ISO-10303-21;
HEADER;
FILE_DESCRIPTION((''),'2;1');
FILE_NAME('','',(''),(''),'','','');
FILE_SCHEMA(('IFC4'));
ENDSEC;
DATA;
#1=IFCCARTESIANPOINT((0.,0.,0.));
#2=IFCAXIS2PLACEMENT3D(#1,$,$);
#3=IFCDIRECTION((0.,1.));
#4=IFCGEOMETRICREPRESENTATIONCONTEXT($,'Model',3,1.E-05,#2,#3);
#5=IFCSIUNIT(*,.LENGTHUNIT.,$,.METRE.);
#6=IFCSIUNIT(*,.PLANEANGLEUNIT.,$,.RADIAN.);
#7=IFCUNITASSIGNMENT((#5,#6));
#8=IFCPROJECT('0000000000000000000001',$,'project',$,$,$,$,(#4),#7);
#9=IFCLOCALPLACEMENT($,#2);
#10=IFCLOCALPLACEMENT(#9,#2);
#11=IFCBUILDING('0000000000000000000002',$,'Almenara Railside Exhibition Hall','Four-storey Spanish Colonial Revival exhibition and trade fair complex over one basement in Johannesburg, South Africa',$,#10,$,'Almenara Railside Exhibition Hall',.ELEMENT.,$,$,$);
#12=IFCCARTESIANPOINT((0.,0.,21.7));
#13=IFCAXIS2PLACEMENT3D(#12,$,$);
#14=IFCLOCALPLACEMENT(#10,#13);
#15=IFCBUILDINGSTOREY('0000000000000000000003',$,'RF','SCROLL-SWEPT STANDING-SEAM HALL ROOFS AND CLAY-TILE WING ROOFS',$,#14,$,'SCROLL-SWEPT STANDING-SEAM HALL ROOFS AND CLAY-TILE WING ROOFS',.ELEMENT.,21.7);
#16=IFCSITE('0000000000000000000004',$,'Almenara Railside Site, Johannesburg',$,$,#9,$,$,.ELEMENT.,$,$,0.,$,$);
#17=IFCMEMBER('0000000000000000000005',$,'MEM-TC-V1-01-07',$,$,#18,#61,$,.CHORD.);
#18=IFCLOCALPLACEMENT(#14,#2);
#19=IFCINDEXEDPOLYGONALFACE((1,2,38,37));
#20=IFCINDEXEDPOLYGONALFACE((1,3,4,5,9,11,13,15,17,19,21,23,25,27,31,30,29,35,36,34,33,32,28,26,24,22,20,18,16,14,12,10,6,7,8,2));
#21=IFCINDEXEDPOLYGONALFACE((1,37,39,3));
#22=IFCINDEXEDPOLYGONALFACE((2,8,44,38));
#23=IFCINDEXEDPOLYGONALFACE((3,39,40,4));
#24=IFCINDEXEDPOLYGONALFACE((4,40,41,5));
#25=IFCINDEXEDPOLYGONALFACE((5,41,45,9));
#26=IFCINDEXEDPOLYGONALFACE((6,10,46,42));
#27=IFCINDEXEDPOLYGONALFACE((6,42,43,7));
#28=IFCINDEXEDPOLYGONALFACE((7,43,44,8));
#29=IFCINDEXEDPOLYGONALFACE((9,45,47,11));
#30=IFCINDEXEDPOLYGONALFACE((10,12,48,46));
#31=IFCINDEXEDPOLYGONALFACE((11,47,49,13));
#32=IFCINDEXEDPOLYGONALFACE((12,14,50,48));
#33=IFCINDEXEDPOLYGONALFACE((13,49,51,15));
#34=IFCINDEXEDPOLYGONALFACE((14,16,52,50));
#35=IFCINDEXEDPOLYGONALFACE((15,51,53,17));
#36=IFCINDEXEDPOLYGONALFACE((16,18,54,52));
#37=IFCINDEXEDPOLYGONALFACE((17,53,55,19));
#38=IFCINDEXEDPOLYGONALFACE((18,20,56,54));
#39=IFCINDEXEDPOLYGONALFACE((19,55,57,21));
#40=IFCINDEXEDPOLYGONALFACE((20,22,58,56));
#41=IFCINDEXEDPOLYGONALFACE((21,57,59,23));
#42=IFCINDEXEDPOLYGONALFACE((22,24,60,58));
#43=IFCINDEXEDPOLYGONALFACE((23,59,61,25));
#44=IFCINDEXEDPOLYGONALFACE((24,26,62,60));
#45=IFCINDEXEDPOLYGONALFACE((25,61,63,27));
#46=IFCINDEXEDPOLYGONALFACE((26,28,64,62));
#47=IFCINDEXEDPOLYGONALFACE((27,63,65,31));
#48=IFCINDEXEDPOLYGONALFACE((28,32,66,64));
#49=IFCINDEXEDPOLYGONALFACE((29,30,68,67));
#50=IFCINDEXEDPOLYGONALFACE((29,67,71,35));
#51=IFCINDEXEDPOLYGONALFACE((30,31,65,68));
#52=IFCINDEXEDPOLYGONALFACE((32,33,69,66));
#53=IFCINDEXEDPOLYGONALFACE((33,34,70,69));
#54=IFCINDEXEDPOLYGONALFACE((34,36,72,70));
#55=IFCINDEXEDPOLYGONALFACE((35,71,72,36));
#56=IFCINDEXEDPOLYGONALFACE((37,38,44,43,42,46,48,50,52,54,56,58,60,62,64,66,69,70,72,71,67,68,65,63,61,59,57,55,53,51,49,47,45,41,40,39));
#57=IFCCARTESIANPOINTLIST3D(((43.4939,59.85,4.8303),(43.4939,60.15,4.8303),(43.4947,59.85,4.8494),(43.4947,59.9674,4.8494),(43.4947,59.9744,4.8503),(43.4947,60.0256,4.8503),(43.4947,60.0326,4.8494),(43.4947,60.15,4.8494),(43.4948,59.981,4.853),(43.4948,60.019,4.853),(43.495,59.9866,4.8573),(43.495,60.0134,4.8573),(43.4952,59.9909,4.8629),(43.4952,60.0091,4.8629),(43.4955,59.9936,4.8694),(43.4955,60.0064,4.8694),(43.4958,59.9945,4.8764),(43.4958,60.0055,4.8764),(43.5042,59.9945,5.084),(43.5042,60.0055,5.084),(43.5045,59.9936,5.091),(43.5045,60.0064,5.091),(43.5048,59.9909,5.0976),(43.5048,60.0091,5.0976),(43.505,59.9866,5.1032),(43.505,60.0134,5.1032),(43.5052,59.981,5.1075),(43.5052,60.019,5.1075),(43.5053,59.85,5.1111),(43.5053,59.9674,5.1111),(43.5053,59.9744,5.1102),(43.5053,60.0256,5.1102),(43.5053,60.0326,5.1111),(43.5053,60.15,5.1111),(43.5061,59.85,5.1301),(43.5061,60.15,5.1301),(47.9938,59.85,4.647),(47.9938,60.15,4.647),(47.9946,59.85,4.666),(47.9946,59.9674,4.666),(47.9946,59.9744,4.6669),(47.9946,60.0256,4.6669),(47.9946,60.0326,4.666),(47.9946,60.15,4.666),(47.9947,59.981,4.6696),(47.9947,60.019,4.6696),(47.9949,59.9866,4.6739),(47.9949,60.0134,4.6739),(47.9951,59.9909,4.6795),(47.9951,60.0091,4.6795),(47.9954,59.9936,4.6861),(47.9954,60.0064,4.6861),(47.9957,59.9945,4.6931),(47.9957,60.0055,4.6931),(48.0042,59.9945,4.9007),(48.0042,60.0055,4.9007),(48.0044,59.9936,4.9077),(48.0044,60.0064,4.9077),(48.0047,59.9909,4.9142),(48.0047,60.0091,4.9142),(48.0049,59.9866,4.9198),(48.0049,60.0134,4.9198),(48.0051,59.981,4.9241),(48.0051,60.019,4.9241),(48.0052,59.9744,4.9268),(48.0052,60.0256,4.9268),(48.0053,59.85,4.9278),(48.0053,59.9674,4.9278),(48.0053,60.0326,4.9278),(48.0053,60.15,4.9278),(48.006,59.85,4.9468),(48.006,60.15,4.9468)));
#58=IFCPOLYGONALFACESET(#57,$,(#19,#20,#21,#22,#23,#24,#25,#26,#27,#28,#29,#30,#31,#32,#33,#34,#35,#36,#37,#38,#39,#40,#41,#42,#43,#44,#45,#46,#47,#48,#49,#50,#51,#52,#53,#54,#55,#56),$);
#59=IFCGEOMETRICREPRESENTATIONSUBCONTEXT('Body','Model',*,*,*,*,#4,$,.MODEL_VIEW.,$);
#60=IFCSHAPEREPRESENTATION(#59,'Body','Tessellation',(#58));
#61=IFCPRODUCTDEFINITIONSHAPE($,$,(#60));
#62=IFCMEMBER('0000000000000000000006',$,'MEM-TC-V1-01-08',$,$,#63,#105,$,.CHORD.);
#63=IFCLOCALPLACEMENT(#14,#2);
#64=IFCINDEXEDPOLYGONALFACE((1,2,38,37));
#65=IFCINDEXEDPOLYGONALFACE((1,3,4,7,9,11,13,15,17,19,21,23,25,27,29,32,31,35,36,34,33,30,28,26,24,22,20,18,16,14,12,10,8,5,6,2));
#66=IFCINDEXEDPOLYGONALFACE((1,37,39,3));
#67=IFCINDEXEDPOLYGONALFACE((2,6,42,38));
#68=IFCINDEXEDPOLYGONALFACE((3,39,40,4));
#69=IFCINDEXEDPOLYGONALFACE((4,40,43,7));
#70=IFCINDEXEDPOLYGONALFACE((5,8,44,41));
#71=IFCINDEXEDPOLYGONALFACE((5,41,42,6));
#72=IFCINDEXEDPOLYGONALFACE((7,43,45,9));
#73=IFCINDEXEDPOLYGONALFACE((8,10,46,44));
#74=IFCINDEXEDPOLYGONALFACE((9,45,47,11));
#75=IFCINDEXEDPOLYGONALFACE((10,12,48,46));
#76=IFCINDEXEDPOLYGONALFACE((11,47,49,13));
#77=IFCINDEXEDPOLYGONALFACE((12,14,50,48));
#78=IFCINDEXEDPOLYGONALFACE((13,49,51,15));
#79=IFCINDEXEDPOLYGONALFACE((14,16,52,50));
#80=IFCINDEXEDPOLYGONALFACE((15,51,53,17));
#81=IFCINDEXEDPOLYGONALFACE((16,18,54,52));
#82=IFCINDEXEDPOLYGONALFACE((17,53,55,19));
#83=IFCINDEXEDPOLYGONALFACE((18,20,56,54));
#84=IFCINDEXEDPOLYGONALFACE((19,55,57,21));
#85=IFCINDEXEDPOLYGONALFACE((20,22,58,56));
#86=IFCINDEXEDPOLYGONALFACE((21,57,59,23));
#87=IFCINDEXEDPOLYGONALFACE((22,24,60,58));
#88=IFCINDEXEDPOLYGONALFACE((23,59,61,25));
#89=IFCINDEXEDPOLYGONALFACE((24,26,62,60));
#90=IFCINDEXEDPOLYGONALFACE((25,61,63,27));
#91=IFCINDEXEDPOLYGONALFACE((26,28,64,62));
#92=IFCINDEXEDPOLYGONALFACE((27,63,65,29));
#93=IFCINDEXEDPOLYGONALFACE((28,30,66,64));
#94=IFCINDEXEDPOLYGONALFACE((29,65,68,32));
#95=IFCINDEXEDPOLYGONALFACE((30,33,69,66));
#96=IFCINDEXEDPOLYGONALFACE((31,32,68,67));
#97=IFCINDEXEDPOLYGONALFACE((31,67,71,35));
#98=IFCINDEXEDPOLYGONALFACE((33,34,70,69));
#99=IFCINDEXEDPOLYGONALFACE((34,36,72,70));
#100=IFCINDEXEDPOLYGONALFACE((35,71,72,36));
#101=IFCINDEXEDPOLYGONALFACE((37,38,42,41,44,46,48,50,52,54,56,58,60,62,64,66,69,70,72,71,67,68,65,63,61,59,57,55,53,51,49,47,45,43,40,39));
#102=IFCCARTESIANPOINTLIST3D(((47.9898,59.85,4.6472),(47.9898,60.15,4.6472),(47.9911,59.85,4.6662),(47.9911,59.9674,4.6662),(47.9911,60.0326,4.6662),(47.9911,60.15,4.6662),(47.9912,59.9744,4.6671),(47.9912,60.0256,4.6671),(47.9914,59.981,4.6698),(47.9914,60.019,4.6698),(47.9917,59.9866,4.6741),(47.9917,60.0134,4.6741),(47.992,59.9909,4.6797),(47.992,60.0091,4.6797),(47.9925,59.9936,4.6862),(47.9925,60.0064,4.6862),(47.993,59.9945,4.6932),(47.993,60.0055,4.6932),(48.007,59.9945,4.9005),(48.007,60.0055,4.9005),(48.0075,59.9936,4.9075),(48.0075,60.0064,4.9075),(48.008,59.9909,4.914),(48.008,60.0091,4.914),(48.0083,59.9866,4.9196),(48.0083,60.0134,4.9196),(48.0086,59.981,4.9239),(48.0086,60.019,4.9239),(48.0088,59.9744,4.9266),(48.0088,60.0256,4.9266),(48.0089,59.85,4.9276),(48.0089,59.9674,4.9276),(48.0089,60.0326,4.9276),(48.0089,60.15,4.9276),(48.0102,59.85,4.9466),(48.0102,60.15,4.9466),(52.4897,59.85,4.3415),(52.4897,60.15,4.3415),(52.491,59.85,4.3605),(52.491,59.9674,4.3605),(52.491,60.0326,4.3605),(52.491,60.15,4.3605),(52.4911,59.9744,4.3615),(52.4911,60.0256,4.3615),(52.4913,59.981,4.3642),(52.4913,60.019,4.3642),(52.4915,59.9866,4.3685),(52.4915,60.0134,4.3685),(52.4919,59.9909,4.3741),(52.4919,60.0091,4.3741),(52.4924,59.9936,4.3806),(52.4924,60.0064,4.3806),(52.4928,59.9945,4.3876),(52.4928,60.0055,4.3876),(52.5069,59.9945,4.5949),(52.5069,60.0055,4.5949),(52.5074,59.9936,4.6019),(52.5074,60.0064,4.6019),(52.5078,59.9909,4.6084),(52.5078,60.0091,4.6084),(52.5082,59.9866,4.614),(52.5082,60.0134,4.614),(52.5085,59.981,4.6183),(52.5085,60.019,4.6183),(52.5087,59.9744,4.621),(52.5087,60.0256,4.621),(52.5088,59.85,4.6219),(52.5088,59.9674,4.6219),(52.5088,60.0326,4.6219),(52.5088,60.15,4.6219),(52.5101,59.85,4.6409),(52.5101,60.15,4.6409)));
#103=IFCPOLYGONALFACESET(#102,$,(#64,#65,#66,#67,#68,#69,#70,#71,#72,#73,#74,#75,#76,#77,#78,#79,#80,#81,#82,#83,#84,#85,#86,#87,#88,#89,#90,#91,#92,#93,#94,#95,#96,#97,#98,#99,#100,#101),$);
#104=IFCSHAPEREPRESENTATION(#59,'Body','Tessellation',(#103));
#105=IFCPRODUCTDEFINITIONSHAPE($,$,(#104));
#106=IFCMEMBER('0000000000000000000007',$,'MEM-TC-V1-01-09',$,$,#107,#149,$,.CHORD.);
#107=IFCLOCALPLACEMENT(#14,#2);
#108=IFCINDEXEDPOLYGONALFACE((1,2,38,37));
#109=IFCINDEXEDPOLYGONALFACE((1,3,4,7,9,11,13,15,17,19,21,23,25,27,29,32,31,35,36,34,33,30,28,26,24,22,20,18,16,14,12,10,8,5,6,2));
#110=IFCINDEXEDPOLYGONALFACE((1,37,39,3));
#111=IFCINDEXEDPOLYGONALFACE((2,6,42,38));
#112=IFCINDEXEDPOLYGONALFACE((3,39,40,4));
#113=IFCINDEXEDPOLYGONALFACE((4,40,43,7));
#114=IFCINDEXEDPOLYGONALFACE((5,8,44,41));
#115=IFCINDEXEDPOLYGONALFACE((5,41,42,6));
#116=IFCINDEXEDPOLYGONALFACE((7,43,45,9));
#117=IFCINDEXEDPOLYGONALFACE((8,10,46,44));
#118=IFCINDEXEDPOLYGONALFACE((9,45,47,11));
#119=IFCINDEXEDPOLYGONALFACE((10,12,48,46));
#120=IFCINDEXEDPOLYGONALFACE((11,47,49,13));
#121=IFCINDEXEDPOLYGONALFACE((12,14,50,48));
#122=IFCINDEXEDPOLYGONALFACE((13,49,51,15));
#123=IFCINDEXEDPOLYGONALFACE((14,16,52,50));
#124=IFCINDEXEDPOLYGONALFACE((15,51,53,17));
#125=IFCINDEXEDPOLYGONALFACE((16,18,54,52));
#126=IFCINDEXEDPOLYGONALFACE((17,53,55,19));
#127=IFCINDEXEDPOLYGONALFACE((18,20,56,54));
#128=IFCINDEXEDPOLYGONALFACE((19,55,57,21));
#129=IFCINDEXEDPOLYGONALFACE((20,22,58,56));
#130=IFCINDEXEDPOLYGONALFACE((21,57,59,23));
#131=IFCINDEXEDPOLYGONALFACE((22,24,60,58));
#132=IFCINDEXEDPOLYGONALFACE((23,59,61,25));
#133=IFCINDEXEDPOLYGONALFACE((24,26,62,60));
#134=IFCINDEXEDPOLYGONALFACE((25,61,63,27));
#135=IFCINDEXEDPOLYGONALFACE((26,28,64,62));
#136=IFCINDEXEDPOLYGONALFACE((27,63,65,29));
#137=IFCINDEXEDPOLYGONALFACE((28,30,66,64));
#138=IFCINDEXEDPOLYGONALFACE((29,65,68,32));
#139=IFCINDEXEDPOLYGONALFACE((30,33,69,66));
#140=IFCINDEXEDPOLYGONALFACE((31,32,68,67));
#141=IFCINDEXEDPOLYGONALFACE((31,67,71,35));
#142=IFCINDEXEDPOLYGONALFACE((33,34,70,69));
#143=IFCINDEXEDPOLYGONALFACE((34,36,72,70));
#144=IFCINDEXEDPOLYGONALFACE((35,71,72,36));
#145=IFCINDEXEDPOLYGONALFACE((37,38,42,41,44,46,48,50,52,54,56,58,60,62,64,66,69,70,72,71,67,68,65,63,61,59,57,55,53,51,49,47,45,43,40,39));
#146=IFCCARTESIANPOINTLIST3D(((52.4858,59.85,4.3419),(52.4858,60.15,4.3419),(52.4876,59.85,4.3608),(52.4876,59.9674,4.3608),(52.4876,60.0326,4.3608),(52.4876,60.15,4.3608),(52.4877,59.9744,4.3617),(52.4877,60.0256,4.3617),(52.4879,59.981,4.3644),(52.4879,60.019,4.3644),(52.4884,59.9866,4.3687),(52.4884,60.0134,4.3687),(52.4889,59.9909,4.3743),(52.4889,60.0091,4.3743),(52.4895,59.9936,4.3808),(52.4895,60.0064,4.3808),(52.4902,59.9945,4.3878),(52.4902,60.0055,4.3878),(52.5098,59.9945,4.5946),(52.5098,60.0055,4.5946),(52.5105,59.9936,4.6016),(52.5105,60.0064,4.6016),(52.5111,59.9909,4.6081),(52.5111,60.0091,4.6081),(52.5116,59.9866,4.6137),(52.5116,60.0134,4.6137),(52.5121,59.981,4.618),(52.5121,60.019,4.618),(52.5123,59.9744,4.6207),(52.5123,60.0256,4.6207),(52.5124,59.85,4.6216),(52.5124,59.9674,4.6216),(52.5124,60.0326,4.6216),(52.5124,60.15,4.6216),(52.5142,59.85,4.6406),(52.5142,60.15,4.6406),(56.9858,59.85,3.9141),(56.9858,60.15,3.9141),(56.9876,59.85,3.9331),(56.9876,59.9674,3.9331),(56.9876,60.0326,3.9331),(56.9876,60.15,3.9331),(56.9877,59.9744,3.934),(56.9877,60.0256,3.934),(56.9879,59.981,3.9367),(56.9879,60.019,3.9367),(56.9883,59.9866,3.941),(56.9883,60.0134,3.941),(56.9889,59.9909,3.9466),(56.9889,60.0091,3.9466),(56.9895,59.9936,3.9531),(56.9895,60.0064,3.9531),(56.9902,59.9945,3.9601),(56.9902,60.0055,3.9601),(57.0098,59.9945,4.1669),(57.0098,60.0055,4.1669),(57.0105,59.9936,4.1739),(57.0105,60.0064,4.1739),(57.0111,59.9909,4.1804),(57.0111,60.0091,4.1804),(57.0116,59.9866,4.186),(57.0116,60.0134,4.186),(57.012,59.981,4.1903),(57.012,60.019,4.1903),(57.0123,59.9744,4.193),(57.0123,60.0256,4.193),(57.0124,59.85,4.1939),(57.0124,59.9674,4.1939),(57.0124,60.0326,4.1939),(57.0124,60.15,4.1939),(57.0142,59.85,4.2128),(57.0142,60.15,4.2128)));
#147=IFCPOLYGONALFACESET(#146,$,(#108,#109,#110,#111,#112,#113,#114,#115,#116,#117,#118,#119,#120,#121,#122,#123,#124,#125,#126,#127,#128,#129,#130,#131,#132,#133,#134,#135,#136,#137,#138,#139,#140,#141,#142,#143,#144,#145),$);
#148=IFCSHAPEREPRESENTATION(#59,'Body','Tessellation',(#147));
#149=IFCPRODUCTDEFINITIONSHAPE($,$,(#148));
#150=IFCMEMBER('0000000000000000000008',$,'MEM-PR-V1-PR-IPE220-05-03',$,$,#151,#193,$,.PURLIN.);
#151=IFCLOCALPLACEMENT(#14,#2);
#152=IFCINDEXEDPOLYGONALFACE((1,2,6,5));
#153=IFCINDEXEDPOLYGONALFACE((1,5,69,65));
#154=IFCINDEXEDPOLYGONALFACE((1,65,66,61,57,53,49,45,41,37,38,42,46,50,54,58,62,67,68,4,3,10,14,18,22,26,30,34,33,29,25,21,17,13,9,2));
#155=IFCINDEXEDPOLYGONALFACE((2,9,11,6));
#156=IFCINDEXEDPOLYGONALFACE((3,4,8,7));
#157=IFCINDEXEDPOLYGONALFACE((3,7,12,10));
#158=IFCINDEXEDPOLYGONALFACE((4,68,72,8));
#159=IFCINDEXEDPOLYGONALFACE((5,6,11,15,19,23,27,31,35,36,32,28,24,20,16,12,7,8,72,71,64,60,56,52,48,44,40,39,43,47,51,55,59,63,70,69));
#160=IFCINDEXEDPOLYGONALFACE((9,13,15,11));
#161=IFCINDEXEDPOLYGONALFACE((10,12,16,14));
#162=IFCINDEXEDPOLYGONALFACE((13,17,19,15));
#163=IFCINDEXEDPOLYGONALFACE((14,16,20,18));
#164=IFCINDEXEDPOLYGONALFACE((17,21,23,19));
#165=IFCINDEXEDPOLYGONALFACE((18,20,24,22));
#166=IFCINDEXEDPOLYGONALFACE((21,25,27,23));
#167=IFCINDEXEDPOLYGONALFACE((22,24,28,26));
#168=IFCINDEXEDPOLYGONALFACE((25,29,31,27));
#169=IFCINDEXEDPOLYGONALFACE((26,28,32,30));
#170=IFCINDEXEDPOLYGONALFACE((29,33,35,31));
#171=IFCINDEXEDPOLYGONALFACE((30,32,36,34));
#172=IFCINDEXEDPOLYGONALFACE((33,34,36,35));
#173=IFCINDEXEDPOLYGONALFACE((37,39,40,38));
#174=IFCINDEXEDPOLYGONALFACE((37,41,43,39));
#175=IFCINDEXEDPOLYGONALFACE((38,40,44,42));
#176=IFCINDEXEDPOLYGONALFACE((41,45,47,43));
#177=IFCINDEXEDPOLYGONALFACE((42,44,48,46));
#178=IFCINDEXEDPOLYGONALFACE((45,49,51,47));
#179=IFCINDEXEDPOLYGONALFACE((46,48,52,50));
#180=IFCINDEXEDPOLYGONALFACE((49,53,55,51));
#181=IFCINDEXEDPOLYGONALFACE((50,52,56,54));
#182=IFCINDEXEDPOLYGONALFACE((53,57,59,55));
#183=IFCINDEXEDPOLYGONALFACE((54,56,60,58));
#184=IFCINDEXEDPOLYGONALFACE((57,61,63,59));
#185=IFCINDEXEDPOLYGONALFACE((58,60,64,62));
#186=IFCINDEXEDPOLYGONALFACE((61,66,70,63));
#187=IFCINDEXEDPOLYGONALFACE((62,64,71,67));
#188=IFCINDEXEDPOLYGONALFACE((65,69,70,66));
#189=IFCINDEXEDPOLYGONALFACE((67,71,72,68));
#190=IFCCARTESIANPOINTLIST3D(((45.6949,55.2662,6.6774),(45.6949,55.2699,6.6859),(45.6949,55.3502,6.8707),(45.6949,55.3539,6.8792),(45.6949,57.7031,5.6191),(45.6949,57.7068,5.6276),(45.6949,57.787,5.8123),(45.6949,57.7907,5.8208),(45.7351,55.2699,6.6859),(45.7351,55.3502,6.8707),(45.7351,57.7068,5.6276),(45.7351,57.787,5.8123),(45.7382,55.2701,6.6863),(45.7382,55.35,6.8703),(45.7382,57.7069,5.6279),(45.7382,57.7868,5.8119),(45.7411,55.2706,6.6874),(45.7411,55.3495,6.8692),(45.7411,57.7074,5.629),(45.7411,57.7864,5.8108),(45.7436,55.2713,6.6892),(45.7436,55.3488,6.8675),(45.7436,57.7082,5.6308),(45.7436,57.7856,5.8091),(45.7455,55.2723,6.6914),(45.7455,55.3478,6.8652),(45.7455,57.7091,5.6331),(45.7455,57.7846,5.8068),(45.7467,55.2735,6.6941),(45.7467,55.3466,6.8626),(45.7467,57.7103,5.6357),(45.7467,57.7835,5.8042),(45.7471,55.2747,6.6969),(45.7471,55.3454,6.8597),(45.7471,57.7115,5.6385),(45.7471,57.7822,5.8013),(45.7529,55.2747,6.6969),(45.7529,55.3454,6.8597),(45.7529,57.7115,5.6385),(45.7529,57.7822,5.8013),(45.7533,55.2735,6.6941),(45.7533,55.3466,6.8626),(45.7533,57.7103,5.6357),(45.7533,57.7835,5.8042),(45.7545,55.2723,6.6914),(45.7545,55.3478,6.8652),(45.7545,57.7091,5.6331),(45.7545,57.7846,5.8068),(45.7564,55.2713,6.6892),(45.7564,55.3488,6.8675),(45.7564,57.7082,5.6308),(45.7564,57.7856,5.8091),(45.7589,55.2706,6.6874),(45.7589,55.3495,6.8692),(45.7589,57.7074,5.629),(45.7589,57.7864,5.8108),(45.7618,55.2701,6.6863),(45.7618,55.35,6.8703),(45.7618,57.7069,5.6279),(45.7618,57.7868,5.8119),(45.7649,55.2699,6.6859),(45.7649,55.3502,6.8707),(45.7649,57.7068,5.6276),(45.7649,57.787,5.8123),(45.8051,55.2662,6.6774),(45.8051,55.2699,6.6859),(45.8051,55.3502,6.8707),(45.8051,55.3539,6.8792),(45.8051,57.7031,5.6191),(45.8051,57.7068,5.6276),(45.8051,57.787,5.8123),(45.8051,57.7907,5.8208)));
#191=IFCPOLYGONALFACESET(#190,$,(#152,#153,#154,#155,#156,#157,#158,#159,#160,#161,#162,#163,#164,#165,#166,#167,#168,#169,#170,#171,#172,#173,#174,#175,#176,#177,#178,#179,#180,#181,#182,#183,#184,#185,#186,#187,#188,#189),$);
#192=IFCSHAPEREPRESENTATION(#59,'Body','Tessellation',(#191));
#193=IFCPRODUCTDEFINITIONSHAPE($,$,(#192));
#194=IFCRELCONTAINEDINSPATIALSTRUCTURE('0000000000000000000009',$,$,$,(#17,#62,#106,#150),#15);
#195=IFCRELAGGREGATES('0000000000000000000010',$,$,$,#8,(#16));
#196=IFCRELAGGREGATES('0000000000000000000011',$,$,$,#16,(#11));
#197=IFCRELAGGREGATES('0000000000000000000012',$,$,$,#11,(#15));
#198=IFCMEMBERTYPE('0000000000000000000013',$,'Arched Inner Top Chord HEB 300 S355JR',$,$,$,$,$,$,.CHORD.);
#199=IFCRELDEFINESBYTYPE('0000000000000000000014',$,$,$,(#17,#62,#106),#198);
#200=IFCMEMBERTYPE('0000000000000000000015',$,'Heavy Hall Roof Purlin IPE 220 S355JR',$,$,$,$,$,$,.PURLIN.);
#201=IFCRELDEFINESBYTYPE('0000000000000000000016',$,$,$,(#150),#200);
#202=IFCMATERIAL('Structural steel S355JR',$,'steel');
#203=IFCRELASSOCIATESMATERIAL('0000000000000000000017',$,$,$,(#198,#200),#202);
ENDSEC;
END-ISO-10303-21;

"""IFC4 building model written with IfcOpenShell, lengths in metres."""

from ifc_helpers import new_model, si_unit, direction, frame, origin, origin_2d, place, context, subcontext, project, spatial, i_section, extrude, material, material_profile, profile_set, type_object, element, save


model = new_model("IFC4")

# Units and contexts
model_context = context("Model", 3, precision=1e-05, world=origin(), true_north=direction((0.0, 1.0)))
body_context = subcontext(model_context, "Body", "Model", "MODEL_VIEW")
ifc_project = project(units=[si_unit("LENGTHUNIT", "METRE"), si_unit("PLANEANGLEUNIT", "RADIAN")], contexts=[model_context])

# Site, building, storey
site_placement = place(None, origin())
site = spatial("IfcSite", under=ifc_project, at=site_placement, Name="Almenara Railside Site, Johannesburg", CompositionType="ELEMENT", RefElevation=0.0)
building_placement = place(site_placement, origin())
building = spatial("IfcBuilding", under=site, at=building_placement, Name="Almenara Railside Exhibition Hall", Description="Four-storey Spanish Colonial Revival exhibition and trade fair complex over one basement in Johannesburg, South Africa", LongName="Almenara Railside Exhibition Hall", CompositionType="ELEMENT")
storey_placement = place(building_placement, frame((0.0, 0.0, 21.7)))
storey = spatial("IfcBuildingStorey", under=building, at=storey_placement, Name="RF", Description="SCROLL-SWEPT STANDING-SEAM HALL ROOFS AND CLAY-TILE WING ROOFS", LongName="SCROLL-SWEPT STANDING-SEAM HALL ROOFS AND CLAY-TILE WING ROOFS", CompositionType="ELEMENT", Elevation=21.7)

# Members
ifc_material_1 = material(Name="Structural steel S355JR", Category="steel")
ifc_material_profile_1 = material_profile(ifc_material_1, i_section(OverallWidth=0.3, OverallDepth=0.3, WebThickness=0.011, FlangeThickness=0.019, FilletRadius=0.0271, at=origin_2d()), Name="HEB 300")
ifc_profile_set_1 = profile_set([ifc_material_profile_1], Name="Structural steel S355JR")
member_type_1 = type_object("IfcMemberType", Name="Arched Inner Top Chord HEB 300 S355JR", PredefinedType="CHORD", material=ifc_profile_set_1)
member_1_placement = place(storey_placement, frame((43.5, 60.0, 4.9802), z_axis=(0.999171, 0.0, -0.040711), x_axis=(0.0, 1.0, 0.0)))
element("IfcMember", 1, at=member_1_placement, inside=storey, type_object=member_type_1, Name="MEM-TC-V1-01-07", PredefinedType="CHORD", context=body_context, shape_type="SweptSolid", body=[
    extrude(i_section(OverallWidth=0.3, OverallDepth=0.3, WebThickness=0.011, FlangeThickness=0.019, FilletRadius=0.0271, at=origin_2d()), origin(), (0.0, 0.0, 1.0), 4.5037),
])
member_2_placement = place(storey_placement, frame((48.0, 60.0, 4.7969), z_axis=(0.997701, 0.0, -0.067769), x_axis=(0.0, 1.0, 0.0)))
element("IfcMember", 2, at=member_2_placement, inside=storey, type_object=member_type_1, Name="MEM-TC-V1-01-08", PredefinedType="CHORD", context=body_context, shape_type="SweptSolid", body=[
    extrude(i_section(OverallWidth=0.3, OverallDepth=0.3, WebThickness=0.011, FlangeThickness=0.019, FilletRadius=0.0271, at=origin_2d()), origin(), (0.0, 0.0, 1.0), 4.5103),
])
member_3_placement = place(storey_placement, frame((52.5, 60.0, 4.4912), z_axis=(0.995513, 0.0, -0.094626), x_axis=(0.0, 1.0, 0.0)))
element("IfcMember", 3, at=member_3_placement, inside=storey, type_object=member_type_1, Name="MEM-TC-V1-01-09", PredefinedType="CHORD", context=body_context, shape_type="SweptSolid", body=[
    extrude(i_section(OverallWidth=0.3, OverallDepth=0.3, WebThickness=0.011, FlangeThickness=0.019, FilletRadius=0.0271, at=origin_2d()), origin(), (0.0, 0.0, 1.0), 4.5203),
])
ifc_material_profile_2 = material_profile(ifc_material_1, i_section(OverallWidth=0.1101, OverallDepth=0.22, WebThickness=0.0059, FlangeThickness=0.0093, FilletRadius=0.012, at=origin_2d()), Name="IPE 220")
ifc_profile_set_2 = profile_set([ifc_material_profile_2], Name="Structural steel S355JR")
member_type_2 = type_object("IfcMemberType", Name="Heavy Hall Roof Purlin IPE 220 S355JR", PredefinedType="PURLIN", material=ifc_profile_set_2)
member_4_placement = place(storey_placement, frame((45.75, 55.3101, 6.7783), z_axis=(0.0, 0.917223, -0.398373), x_axis=(-1.0, 0.0, 0.0)))
element("IfcMember", 4, at=member_4_placement, inside=storey, type_object=member_type_2, Name="MEM-PR-V1-PR-IPE220-05-03", PredefinedType="PURLIN", context=body_context, shape_type="SweptSolid", body=[
    extrude(i_section(OverallWidth=0.1101, OverallDepth=0.22, WebThickness=0.0059, FlangeThickness=0.0093, FilletRadius=0.012, at=origin_2d()), origin(), (0.0, 0.0, 1.0), 2.6567),
])

save(model, "model.ifc")
